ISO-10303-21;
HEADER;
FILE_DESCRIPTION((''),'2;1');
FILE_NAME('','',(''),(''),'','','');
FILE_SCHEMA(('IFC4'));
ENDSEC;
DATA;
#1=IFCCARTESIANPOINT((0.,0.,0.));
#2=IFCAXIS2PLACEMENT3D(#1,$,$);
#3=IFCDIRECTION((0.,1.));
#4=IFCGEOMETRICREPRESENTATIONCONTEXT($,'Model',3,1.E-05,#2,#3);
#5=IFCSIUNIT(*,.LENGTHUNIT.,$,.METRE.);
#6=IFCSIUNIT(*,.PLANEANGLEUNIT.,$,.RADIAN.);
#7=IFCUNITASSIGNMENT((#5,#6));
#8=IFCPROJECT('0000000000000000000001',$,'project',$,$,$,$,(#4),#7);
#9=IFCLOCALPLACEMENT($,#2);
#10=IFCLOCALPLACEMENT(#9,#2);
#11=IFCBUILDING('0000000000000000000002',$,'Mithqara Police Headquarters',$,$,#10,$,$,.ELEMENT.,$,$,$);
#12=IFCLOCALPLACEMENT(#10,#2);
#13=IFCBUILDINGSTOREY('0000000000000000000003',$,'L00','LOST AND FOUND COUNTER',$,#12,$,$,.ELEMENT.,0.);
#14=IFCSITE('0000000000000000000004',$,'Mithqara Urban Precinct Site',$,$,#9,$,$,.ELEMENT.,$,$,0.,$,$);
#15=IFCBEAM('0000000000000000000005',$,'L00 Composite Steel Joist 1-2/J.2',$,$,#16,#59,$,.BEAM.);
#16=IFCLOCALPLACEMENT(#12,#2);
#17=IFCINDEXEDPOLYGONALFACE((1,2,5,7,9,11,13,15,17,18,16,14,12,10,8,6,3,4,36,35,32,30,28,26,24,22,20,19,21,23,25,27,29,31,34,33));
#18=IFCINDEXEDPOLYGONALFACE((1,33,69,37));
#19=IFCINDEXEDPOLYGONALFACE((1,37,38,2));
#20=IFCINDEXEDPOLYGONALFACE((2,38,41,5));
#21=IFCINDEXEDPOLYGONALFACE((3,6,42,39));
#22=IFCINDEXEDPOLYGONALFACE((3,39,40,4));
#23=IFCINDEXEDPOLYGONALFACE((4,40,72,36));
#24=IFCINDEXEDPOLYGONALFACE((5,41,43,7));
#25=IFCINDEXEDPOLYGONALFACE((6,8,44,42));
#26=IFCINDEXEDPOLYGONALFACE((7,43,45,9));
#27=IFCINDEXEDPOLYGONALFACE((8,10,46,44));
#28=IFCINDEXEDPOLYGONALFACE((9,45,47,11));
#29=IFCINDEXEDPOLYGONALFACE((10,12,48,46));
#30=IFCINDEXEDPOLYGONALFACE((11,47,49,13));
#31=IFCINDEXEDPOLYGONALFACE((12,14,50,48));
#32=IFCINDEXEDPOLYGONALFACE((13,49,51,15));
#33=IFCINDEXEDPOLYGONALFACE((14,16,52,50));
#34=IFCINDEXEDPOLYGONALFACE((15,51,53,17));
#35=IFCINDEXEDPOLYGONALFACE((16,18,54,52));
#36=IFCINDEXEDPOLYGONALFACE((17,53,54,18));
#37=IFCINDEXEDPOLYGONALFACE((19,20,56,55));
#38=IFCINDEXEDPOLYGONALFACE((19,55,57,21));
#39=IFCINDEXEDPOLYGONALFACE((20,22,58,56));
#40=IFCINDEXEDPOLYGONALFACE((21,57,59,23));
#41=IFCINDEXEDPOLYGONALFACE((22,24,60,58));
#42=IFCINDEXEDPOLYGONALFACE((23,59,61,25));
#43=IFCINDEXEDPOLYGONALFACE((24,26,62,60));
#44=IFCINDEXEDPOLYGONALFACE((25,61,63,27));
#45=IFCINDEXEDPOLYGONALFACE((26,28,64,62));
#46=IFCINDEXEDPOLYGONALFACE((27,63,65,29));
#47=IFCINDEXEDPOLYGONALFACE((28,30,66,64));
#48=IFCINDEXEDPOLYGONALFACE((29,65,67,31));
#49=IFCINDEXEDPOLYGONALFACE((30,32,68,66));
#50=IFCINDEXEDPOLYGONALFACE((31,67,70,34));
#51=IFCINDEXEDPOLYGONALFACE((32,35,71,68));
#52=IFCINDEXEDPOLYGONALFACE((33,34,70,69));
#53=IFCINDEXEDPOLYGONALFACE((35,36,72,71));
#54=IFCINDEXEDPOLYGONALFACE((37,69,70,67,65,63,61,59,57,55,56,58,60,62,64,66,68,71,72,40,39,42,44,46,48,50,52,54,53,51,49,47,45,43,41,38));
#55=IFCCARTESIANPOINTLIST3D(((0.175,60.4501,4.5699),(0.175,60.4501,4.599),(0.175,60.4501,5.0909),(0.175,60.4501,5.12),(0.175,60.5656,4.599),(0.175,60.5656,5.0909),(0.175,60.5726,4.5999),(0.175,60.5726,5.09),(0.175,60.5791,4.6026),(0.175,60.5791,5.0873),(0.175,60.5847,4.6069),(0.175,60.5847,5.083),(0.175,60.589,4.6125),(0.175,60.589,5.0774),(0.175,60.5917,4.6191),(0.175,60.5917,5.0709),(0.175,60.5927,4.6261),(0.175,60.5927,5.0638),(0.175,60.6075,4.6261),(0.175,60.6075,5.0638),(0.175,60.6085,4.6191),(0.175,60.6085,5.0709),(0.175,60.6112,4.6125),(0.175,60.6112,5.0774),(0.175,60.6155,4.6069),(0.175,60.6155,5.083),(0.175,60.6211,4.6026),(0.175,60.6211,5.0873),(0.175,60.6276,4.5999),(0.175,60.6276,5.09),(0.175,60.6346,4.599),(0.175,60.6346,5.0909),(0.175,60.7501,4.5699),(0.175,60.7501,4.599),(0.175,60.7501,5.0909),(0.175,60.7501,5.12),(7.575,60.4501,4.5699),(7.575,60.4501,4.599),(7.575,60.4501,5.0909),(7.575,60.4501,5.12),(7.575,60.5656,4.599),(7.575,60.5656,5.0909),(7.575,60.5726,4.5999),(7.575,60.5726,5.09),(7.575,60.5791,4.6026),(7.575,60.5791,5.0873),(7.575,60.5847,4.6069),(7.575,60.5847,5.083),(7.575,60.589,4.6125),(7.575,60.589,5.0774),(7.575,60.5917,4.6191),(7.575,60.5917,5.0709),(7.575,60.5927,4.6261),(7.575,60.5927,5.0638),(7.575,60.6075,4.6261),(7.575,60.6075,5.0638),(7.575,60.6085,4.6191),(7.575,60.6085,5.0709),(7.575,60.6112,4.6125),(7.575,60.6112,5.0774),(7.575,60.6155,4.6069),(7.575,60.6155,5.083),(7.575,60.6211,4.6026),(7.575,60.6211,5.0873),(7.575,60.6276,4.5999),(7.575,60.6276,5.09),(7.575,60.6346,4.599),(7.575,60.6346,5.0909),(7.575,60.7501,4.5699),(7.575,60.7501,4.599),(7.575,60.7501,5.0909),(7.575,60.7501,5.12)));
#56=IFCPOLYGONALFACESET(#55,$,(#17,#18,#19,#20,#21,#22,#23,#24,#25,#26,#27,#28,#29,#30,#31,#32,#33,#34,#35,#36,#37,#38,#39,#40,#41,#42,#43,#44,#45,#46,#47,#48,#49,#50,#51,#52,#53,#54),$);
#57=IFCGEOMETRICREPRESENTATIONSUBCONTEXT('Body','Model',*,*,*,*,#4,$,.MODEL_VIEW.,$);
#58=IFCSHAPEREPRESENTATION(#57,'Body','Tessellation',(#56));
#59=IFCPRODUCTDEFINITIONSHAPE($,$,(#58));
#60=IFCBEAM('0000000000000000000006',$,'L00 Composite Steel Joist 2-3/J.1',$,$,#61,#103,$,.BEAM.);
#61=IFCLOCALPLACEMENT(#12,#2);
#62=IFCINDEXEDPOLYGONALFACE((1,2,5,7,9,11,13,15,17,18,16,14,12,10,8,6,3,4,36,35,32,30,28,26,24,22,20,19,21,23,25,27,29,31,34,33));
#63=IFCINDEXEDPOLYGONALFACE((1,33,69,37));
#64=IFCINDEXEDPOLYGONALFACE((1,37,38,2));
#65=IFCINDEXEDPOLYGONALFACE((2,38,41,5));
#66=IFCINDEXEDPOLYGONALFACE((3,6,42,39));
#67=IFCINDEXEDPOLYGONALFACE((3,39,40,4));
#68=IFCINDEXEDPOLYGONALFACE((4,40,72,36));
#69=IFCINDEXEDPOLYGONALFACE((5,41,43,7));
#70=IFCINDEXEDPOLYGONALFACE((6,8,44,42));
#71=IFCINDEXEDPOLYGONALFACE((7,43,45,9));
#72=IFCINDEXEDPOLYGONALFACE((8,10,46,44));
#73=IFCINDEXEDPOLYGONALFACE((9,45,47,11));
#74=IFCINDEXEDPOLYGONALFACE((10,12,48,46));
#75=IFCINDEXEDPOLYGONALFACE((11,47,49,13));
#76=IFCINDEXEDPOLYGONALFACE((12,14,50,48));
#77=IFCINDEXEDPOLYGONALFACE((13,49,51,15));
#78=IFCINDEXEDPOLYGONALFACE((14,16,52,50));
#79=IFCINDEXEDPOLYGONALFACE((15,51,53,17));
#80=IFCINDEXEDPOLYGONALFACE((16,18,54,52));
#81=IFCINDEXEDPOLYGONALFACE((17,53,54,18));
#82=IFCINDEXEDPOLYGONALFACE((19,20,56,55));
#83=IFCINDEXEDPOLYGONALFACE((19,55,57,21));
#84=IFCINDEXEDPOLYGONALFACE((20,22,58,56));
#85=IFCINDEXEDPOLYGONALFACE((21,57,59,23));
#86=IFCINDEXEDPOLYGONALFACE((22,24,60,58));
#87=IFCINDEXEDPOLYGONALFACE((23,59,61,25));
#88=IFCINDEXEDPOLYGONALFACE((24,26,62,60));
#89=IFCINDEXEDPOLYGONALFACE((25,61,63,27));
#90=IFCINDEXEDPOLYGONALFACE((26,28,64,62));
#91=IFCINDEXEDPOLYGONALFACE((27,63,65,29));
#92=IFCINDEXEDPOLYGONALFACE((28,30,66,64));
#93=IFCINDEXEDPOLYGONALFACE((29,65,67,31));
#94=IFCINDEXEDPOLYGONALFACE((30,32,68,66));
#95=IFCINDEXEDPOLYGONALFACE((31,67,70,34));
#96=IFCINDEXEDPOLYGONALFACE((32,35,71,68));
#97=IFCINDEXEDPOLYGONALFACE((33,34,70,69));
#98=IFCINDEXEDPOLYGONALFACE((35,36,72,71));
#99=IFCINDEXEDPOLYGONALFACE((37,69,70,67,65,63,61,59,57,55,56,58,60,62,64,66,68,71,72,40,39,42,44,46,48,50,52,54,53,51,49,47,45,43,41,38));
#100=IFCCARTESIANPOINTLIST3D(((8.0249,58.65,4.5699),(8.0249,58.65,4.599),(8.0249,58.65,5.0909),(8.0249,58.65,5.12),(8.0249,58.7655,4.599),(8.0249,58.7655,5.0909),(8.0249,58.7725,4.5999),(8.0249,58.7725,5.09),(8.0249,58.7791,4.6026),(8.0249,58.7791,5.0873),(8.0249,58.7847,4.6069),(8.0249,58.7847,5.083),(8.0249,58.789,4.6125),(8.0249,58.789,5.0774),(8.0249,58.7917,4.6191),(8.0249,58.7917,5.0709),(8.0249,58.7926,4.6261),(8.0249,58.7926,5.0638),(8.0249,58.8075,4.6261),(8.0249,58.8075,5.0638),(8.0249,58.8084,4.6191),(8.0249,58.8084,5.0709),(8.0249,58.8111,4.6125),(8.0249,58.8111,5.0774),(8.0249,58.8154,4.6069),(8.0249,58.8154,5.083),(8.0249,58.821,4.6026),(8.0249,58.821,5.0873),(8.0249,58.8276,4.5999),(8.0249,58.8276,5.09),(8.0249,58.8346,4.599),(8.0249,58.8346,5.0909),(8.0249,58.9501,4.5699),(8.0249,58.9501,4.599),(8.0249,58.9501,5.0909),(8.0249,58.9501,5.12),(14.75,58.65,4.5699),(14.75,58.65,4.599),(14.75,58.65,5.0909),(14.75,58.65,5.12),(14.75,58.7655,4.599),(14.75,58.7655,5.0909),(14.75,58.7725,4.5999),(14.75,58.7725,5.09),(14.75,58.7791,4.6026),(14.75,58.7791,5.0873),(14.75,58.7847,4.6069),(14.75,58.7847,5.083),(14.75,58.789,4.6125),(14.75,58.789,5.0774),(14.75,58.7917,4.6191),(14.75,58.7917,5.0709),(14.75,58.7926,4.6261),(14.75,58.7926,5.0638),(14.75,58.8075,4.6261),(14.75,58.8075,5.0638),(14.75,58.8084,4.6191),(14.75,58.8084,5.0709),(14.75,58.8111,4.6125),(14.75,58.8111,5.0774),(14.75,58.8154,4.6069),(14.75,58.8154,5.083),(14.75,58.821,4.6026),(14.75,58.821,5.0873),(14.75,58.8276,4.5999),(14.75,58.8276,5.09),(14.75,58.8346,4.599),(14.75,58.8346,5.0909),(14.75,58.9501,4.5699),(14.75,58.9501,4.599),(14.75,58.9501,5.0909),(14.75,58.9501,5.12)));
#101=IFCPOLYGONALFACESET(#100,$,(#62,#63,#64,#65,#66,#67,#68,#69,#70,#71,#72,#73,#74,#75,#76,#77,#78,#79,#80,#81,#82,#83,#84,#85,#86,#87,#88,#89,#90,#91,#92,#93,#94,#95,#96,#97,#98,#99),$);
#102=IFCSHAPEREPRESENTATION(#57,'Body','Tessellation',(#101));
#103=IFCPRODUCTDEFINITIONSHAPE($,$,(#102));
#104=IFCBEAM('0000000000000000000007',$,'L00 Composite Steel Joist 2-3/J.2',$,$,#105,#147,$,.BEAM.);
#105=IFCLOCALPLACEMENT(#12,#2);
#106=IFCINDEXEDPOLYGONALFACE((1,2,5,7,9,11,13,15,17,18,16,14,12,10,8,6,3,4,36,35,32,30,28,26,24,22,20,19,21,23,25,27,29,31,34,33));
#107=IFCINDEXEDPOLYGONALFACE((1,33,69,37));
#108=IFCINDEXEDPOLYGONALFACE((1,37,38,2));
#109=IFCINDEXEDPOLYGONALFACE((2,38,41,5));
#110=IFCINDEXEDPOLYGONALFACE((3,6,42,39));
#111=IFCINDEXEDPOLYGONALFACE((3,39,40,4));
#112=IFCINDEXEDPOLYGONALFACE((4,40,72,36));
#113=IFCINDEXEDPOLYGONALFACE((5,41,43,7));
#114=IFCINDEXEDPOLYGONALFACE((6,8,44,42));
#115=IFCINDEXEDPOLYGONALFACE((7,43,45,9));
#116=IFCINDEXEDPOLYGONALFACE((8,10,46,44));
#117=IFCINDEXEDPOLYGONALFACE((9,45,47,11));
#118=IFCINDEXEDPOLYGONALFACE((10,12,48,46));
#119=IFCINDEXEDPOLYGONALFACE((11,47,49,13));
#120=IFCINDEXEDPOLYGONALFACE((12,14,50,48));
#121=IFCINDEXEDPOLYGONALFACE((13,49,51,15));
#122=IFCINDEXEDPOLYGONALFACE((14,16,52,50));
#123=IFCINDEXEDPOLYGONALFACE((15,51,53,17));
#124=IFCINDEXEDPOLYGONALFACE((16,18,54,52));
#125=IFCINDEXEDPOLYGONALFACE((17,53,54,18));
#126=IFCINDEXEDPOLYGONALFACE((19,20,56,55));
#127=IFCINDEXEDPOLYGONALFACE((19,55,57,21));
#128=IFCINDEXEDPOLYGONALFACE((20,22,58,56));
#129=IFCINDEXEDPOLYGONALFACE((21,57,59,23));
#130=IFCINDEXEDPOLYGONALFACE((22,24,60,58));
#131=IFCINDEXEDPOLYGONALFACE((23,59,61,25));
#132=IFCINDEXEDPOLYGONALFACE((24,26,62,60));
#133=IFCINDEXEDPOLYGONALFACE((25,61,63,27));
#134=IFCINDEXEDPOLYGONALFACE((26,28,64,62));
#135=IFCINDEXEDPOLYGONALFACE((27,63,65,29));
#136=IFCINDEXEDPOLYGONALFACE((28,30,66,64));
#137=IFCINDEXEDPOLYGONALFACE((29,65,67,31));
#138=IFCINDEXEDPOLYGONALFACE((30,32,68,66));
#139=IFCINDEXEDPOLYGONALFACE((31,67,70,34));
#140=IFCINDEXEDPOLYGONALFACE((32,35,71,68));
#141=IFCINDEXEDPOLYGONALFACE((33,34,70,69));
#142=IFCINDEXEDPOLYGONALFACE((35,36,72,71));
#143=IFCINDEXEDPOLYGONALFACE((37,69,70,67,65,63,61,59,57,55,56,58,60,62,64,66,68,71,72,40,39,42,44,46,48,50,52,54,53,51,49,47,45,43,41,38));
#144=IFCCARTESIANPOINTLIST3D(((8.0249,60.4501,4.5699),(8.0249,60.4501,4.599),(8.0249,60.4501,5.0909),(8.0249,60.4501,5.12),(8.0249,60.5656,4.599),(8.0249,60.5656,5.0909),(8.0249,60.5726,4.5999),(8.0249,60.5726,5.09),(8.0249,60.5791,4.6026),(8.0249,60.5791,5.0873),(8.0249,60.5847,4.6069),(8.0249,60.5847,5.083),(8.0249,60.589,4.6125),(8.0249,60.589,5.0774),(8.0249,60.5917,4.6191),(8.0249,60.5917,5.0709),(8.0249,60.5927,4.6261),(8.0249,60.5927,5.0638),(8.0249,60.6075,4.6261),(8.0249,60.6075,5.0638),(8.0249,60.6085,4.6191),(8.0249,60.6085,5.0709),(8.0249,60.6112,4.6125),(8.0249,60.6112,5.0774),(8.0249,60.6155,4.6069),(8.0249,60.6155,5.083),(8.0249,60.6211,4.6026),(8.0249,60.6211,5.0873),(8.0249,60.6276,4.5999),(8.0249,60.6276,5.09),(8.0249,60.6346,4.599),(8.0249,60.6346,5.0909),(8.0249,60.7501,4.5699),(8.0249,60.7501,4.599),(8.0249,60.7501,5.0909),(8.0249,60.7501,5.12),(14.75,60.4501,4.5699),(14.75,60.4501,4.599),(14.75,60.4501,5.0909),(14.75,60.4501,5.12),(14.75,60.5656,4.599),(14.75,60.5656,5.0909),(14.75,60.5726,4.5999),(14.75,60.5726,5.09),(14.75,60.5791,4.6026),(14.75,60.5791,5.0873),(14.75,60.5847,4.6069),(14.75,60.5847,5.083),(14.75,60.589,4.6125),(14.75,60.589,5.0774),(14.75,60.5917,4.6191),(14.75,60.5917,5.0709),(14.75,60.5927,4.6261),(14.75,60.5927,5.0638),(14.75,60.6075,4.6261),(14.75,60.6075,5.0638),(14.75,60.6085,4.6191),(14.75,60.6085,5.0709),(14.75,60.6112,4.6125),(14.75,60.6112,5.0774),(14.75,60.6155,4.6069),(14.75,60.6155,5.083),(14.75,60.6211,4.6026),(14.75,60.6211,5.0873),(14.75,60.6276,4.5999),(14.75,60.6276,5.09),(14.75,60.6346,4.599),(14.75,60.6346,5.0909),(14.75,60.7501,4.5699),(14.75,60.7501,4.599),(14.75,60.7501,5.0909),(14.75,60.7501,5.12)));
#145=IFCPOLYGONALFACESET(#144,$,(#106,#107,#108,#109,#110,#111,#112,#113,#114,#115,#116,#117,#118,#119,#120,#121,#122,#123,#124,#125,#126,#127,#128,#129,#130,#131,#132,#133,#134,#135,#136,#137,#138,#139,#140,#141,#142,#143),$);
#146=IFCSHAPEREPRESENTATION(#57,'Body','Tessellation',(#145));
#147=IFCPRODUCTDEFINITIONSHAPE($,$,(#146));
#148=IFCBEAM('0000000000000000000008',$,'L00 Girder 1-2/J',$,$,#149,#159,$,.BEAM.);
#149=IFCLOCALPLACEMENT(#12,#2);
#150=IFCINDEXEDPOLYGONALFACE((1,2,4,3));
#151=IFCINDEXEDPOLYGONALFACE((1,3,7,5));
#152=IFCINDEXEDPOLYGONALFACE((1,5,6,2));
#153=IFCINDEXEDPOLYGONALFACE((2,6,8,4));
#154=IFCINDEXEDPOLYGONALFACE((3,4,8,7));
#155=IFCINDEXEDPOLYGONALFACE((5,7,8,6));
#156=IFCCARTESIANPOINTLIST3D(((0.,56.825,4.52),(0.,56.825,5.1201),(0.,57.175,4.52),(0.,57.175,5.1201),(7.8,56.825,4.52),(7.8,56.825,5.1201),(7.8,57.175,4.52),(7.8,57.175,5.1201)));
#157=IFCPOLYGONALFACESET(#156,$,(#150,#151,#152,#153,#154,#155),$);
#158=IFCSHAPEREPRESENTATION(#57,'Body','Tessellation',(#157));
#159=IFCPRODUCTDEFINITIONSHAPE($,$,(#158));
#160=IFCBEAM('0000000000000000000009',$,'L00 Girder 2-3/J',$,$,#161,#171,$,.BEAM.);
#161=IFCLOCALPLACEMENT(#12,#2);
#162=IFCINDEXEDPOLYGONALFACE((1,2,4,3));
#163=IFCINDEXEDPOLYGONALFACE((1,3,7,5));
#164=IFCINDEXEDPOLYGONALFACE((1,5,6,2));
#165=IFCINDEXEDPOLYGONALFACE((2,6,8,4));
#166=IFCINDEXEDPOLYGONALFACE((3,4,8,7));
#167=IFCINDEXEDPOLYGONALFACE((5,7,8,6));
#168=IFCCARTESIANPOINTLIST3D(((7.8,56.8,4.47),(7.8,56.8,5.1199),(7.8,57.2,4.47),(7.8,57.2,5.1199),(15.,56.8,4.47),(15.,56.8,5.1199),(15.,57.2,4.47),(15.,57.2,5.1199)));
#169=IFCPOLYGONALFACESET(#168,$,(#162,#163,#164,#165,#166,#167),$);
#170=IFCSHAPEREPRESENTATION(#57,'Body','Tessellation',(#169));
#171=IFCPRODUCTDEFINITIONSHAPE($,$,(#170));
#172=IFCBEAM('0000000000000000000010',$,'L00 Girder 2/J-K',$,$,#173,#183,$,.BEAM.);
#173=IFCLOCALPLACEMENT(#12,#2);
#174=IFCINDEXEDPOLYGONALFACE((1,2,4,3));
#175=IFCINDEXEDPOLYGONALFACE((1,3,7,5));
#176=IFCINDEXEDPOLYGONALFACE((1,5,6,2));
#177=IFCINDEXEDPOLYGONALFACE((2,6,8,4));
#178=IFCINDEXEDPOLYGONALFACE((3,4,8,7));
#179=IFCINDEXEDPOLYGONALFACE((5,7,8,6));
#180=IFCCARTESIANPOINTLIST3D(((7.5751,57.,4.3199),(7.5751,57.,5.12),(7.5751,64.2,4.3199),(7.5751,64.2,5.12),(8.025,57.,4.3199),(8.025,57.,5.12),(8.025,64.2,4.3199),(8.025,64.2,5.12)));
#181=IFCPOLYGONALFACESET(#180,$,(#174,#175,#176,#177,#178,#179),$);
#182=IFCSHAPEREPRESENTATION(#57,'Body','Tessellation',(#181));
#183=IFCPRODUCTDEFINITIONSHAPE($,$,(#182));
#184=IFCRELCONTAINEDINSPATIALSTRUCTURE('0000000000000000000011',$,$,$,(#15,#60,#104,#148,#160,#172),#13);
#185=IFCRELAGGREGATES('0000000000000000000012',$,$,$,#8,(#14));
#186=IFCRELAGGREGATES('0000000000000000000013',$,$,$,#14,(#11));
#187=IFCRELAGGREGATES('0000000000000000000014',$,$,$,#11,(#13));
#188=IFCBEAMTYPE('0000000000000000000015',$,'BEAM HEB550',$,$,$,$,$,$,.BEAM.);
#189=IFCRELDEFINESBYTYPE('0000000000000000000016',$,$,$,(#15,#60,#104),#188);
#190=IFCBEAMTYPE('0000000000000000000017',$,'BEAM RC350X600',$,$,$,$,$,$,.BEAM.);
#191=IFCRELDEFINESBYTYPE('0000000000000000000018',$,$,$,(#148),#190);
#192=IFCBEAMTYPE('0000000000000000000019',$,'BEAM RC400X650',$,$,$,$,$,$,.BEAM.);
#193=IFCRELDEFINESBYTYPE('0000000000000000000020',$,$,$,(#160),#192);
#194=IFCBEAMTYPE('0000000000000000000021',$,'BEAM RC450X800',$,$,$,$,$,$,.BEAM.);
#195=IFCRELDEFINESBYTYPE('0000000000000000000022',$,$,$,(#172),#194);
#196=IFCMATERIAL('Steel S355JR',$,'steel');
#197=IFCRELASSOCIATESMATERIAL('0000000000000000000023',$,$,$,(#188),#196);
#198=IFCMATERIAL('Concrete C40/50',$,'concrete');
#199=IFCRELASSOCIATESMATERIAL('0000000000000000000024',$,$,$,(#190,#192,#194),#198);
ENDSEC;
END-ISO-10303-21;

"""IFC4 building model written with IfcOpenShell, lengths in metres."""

from ifc_helpers import new_model, si_unit, direction, frame, origin, origin_2d, place, context, subcontext, project, spatial, rectangle, i_section, extrude, material, material_profile, profile_set, type_object, element, save


model = new_model("IFC4")

# Units and contexts
model_context = context("Model", 3, precision=1e-05, world=origin(), true_north=direction((0.0, 1.0)))
body_context = subcontext(model_context, "Body", "Model", "MODEL_VIEW")
ifc_project = project(units=[si_unit("LENGTHUNIT", "METRE"), si_unit("PLANEANGLEUNIT", "RADIAN")], contexts=[model_context])

# Site, building, storey
site_placement = place(None, origin())
site = spatial("IfcSite", under=ifc_project, at=site_placement, Name="Mithqara Urban Precinct Site", CompositionType="ELEMENT", RefElevation=0.0)
building_placement = place(site_placement, origin())
building = spatial("IfcBuilding", under=site, at=building_placement, Name="Mithqara Police Headquarters", CompositionType="ELEMENT")
storey_placement = place(building_placement, origin())
storey = spatial("IfcBuildingStorey", under=building, at=storey_placement, Name="L00", Description="LOST AND FOUND COUNTER", CompositionType="ELEMENT", Elevation=0.0)

# Shared definitions
ifc_material_1 = material(Name="Concrete C40/50", Category="concrete")

# Beams
ifc_material_2 = material(Name="Steel S355JR", Category="steel")
ifc_material_profile_1 = material_profile(ifc_material_2, i_section(OverallWidth=0.3, OverallDepth=0.55, WebThickness=0.0149, FlangeThickness=0.0291, FilletRadius=0.0271, at=origin_2d()), Name="HEB 550")
ifc_profile_set_1 = profile_set([ifc_material_profile_1], Name="Steel S355JR")
beam_type_1 = type_object("IfcBeamType", Name="BEAM HEB550", PredefinedType="BEAM", material=ifc_profile_set_1)
for number, where, z_axis, x_axis, name in (
    (1, (0.175, 60.6001, 4.845), (1.0, 0.0, 0.0), (0.0, 1.0, 0.0), "L00 Composite Steel Joist 1-2/J.2"),
):
    element("IfcBeam", number, at=place(storey_placement, frame(where, z_axis=z_axis, x_axis=x_axis)), inside=storey, type_object=beam_type_1, Name=name, PredefinedType="BEAM", context=body_context, shape_type="SweptSolid", body=[
        extrude(i_section(OverallWidth=0.3, OverallDepth=0.55, WebThickness=0.0149, FlangeThickness=0.0291, FilletRadius=0.0271, at=origin_2d()), origin(), (0.0, 0.0, 1.0), 7.3999),
    ])
for number, where, z_axis, x_axis, name in (
    (2, (8.0249, 58.8, 4.845), (1.0, 0.0, 0.0), (0.0, 1.0, 0.0), "L00 Composite Steel Joist 2-3/J.1"),
    (3, (8.0249, 60.6001, 4.845), (1.0, 0.0, 0.0), (0.0, 1.0, 0.0), "L00 Composite Steel Joist 2-3/J.2"),
):
    element("IfcBeam", number, at=place(storey_placement, frame(where, z_axis=z_axis, x_axis=x_axis)), inside=storey, type_object=beam_type_1, Name=name, PredefinedType="BEAM", context=body_context, shape_type="SweptSolid", body=[
        extrude(i_section(OverallWidth=0.3, OverallDepth=0.55, WebThickness=0.0149, FlangeThickness=0.0291, FilletRadius=0.0271, at=origin_2d()), origin(), (0.0, 0.0, 1.0), 6.7251),
    ])
ifc_material_profile_2 = material_profile(ifc_material_1, rectangle(XDim=0.3501, YDim=0.6001, at=origin_2d()), Name="RC 350x600")
ifc_profile_set_2 = profile_set([ifc_material_profile_2], Name="Concrete C40/50")
beam_type_2 = type_object("IfcBeamType", Name="BEAM RC350X600", PredefinedType="BEAM", material=ifc_profile_set_2)
beam_1_placement = place(storey_placement, frame((0.0, 57.0, 4.8201), z_axis=(1.0, 0.0, 0.0), x_axis=(0.0, 1.0, 0.0)))
element("IfcBeam", 4, at=beam_1_placement, inside=storey, type_object=beam_type_2, Name="L00 Girder 1-2/J", PredefinedType="BEAM", context=body_context, shape_type="SweptSolid", body=[
    extrude(rectangle(XDim=0.3501, YDim=0.6001, at=origin_2d()), origin(), (0.0, 0.0, 1.0), 7.8),
])
ifc_material_profile_3 = material_profile(ifc_material_1, rectangle(XDim=0.3999, YDim=0.6499, at=origin_2d()), Name="RC 400x650")
ifc_profile_set_3 = profile_set([ifc_material_profile_3], Name="Concrete C40/50")
beam_type_3 = type_object("IfcBeamType", Name="BEAM RC400X650", PredefinedType="BEAM", material=ifc_profile_set_3)
beam_2_placement = place(storey_placement, frame((7.8, 57.0, 4.7949), z_axis=(1.0, 0.0, 0.0), x_axis=(0.0, 1.0, 0.0)))
element("IfcBeam", 5, at=beam_2_placement, inside=storey, type_object=beam_type_3, Name="L00 Girder 2-3/J", PredefinedType="BEAM", context=body_context, shape_type="SweptSolid", body=[
    extrude(rectangle(XDim=0.3999, YDim=0.6499, at=origin_2d()), origin(), (0.0, 0.0, 1.0), 7.2),
])
ifc_material_profile_4 = material_profile(ifc_material_1, rectangle(XDim=0.45, YDim=0.8, at=origin_2d()), Name="RC 450x800")
ifc_profile_set_4 = profile_set([ifc_material_profile_4], Name="Concrete C40/50")
beam_type_4 = type_object("IfcBeamType", Name="BEAM RC450X800", PredefinedType="BEAM", material=ifc_profile_set_4)
beam_3_placement = place(storey_placement, frame((7.8, 57.0, 4.72), z_axis=(0.0, 1.0, 0.0), x_axis=(-1.0, 0.0, 0.0)))
element("IfcBeam", 6, at=beam_3_placement, inside=storey, type_object=beam_type_4, Name="L00 Girder 2/J-K", PredefinedType="BEAM", context=body_context, shape_type="SweptSolid", body=[
    extrude(rectangle(XDim=0.45, YDim=0.8, at=origin_2d()), origin(), (0.0, 0.0, 1.0), 7.2),
])

save(model, "model.ifc")
